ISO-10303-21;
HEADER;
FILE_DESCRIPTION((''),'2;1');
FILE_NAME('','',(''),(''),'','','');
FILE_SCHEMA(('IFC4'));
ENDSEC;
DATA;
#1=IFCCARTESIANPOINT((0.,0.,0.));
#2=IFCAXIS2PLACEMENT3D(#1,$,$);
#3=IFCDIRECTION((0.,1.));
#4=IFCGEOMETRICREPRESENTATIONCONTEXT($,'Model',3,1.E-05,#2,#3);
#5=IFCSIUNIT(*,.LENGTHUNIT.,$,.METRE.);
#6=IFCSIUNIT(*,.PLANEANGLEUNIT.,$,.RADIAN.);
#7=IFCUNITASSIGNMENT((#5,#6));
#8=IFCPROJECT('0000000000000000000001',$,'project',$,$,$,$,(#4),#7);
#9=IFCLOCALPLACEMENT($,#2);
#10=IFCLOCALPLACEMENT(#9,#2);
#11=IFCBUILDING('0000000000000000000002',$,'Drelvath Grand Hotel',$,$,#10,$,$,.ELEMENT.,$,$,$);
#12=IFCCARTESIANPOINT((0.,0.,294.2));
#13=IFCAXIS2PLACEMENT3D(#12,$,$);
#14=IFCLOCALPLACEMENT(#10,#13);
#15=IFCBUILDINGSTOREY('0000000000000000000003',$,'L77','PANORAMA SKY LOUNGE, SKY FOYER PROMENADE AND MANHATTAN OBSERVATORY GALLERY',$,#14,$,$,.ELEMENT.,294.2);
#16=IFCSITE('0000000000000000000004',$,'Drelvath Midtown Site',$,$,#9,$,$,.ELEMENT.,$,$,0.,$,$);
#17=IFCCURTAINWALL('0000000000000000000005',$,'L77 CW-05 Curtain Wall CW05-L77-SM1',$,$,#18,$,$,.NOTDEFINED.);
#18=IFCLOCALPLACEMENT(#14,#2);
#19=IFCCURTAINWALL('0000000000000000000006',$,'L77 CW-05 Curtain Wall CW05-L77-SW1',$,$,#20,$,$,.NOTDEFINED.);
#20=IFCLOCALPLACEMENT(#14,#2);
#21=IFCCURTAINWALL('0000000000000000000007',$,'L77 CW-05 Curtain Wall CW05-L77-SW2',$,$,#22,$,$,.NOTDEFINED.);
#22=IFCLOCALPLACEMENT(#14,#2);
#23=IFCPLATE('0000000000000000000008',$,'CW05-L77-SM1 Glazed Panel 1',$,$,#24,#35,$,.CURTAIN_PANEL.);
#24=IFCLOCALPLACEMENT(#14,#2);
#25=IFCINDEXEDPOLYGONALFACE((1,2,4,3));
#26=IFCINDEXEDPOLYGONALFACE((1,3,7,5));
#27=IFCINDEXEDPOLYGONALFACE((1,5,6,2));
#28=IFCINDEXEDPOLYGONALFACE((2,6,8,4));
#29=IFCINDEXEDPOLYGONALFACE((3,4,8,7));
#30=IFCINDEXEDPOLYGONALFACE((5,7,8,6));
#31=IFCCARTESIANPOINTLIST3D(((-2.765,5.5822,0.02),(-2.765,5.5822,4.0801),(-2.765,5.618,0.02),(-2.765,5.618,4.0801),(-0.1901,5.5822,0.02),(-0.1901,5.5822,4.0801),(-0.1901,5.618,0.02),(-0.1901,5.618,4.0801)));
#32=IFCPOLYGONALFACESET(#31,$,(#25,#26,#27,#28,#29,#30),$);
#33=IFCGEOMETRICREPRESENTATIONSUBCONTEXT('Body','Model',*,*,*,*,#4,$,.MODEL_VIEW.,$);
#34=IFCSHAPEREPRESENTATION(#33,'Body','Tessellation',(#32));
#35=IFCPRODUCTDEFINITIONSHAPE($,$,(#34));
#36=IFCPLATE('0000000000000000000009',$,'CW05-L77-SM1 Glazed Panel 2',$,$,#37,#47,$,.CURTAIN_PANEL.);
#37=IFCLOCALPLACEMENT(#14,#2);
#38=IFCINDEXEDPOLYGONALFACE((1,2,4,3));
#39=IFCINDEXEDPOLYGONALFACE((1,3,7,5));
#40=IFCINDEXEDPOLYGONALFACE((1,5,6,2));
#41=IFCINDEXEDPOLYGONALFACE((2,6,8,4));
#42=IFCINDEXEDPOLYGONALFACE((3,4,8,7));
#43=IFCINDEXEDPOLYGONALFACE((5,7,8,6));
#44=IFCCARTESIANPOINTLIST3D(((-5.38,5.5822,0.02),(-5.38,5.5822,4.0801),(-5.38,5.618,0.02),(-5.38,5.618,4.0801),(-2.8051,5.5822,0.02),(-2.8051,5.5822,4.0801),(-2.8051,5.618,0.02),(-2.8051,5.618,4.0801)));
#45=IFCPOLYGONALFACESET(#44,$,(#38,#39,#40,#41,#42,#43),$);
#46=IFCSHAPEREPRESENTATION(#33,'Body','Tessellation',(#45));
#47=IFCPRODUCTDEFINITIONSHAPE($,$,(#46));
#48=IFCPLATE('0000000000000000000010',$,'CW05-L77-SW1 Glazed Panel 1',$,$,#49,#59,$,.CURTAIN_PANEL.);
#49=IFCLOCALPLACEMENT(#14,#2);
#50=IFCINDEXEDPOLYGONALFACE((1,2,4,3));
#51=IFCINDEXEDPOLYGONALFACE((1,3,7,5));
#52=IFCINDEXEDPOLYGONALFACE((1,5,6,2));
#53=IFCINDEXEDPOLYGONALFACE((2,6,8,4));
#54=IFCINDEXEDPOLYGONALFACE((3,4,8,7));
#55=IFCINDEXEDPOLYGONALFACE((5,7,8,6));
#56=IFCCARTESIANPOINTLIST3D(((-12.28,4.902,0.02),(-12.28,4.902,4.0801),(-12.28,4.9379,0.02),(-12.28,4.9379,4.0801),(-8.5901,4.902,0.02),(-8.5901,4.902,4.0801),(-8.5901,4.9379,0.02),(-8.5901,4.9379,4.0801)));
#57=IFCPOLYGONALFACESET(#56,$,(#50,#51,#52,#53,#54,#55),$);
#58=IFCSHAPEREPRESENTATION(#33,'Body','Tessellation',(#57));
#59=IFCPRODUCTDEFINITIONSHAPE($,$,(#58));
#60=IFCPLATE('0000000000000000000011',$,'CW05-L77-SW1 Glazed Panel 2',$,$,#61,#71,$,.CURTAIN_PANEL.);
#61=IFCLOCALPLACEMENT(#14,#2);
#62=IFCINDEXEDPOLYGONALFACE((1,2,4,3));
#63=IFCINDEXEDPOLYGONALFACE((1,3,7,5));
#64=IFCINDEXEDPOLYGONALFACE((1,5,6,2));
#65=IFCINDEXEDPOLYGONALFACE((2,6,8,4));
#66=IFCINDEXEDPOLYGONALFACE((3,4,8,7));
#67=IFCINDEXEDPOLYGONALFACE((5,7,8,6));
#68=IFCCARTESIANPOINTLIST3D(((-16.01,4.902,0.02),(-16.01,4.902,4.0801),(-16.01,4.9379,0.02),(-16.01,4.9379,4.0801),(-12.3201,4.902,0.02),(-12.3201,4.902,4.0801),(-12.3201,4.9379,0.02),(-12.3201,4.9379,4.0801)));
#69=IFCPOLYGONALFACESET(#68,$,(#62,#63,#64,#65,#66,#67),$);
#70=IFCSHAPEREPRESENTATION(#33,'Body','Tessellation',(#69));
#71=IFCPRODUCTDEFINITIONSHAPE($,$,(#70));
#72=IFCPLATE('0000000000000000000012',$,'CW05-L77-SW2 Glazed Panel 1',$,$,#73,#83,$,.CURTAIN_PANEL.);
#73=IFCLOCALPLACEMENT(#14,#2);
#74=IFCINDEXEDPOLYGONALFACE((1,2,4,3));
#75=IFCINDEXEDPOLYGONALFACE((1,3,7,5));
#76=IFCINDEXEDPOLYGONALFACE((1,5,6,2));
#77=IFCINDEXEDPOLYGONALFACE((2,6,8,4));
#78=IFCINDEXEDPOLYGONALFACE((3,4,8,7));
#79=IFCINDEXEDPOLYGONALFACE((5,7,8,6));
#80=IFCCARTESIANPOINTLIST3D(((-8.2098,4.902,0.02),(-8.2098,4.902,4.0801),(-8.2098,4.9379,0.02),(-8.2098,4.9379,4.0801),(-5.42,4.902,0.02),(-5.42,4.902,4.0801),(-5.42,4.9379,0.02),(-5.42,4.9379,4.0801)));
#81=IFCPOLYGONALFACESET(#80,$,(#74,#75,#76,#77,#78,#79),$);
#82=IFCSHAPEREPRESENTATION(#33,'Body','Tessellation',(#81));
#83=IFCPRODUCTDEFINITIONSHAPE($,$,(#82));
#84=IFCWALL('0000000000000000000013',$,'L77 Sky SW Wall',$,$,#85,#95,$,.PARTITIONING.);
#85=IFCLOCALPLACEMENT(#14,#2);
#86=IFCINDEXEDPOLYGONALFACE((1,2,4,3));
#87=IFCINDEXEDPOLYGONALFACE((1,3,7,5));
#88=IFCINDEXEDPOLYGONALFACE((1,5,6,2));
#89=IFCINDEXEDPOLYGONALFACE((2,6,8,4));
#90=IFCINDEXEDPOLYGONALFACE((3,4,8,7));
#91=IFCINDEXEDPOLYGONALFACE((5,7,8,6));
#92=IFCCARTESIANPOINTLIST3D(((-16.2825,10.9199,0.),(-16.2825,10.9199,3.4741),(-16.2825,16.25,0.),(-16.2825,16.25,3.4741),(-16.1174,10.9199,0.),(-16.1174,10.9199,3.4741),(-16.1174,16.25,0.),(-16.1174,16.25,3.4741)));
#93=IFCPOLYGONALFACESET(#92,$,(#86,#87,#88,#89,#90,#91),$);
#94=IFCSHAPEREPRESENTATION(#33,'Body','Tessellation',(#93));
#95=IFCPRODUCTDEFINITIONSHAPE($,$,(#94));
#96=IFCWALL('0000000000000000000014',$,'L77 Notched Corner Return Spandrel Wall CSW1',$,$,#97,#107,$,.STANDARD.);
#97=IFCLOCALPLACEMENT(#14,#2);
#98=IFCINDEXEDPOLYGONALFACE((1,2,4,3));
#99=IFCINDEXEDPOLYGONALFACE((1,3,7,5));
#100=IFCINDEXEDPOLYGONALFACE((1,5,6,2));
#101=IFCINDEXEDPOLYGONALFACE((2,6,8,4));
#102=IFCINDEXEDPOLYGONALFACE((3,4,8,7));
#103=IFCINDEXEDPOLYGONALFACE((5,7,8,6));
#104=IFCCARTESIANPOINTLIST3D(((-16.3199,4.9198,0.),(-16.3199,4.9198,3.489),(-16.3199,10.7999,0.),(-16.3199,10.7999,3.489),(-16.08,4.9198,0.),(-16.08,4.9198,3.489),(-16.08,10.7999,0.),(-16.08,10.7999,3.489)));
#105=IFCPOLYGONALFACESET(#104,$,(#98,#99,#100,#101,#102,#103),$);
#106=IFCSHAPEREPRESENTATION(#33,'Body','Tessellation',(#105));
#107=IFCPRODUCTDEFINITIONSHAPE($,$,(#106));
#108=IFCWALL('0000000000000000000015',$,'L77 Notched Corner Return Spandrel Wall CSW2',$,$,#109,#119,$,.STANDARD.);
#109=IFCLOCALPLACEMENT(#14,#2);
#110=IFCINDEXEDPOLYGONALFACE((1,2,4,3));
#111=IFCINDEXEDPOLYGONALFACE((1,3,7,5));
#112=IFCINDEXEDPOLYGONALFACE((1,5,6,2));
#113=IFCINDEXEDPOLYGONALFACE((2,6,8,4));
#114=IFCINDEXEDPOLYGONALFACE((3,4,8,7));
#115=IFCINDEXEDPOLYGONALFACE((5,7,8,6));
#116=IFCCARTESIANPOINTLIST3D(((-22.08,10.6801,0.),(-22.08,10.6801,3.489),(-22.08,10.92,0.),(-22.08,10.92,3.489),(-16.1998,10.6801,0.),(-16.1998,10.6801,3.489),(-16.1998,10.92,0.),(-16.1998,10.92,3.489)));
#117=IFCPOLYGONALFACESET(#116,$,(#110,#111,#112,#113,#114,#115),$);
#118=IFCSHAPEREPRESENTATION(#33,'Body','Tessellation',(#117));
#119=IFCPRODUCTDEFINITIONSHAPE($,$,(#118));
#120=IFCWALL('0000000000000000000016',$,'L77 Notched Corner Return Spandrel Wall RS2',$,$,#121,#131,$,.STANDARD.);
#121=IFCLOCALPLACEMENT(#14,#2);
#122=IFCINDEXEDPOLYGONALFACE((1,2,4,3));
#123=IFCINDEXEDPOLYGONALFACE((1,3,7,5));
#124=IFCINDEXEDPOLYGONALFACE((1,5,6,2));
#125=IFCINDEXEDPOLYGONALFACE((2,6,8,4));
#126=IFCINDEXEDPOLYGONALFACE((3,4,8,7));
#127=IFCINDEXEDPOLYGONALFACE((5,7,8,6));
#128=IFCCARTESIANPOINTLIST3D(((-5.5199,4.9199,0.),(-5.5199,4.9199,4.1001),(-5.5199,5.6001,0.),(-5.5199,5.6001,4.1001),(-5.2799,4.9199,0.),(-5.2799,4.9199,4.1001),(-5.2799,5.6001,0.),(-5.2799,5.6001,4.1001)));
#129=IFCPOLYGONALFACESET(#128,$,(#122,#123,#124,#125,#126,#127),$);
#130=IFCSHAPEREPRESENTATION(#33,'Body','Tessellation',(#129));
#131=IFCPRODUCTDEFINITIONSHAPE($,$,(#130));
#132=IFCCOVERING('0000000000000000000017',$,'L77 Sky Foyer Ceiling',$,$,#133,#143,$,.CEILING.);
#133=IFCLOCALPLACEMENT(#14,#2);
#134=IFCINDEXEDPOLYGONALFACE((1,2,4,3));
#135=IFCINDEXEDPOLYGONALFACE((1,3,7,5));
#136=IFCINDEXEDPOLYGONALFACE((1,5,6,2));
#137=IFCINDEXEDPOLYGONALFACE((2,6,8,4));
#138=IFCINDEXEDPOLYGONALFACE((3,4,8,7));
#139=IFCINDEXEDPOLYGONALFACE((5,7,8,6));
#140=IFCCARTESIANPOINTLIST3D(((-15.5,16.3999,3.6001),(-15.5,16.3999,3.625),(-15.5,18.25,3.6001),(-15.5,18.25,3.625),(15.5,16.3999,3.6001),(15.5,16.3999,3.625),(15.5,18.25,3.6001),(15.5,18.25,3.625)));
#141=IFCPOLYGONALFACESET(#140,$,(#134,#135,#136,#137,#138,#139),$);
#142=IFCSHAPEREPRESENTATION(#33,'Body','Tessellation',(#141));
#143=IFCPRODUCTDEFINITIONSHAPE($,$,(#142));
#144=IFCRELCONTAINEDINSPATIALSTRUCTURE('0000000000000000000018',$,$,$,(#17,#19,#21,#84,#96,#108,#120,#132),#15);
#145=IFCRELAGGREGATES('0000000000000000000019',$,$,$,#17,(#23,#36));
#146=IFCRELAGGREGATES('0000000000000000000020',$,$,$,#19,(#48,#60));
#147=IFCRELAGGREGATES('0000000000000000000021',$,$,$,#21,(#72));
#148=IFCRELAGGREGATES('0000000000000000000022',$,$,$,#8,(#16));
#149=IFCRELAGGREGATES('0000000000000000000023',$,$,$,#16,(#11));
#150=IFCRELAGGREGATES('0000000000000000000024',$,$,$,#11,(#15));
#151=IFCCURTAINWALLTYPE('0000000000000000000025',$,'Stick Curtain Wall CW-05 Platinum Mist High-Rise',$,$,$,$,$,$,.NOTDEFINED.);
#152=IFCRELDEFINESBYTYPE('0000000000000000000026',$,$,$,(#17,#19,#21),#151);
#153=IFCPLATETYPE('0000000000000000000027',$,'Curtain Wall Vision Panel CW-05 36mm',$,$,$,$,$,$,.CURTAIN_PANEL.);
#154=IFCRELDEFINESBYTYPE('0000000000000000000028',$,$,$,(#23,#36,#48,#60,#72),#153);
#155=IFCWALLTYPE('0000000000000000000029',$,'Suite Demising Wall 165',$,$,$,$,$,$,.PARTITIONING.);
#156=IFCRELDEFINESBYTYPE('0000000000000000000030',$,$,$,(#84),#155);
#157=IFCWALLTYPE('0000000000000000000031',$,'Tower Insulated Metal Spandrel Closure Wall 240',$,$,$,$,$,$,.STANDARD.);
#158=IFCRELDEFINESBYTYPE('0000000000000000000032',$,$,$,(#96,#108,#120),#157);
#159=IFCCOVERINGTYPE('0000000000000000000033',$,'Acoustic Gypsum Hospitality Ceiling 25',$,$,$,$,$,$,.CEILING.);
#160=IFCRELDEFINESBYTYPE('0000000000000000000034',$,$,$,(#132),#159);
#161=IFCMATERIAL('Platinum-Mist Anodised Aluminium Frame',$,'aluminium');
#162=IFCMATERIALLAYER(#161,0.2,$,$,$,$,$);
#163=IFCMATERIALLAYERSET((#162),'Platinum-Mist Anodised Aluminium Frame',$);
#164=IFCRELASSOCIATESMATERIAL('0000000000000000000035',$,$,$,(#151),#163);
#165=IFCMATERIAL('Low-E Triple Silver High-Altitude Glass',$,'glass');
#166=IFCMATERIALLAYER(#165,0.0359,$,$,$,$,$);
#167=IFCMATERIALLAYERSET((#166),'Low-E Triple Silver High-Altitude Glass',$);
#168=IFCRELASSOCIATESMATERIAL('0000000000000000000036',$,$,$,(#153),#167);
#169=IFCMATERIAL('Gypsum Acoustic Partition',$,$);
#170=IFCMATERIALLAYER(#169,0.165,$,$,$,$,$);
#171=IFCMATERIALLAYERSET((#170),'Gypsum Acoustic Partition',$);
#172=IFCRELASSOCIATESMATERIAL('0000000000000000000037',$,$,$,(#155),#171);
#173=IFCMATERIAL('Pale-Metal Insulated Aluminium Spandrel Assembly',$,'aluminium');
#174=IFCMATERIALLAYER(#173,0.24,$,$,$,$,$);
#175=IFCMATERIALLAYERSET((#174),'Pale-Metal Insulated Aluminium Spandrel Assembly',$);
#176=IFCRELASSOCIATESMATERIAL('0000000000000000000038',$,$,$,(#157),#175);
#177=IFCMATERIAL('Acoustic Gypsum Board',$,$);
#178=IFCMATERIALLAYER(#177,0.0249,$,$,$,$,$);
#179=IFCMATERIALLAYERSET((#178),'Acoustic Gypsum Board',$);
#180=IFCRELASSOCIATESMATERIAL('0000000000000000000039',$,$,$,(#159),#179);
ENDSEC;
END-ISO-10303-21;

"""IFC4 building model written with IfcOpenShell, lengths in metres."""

from ifc_helpers import new_model, si_unit, direction, frame, frame_2d, origin, origin_2d, place, context, subcontext, project, spatial, polyline, rectangle, outline, extrude, material, layer, layer_set, type_object, element, aggregate, save


model = new_model("IFC4")

# Units and contexts
model_context = context("Model", 3, precision=1e-05, world=origin(), true_north=direction((0.0, 1.0)))
body_context = subcontext(model_context, "Body", "Model", "MODEL_VIEW")
ifc_project = project(units=[si_unit("LENGTHUNIT", "METRE"), si_unit("PLANEANGLEUNIT", "RADIAN")], contexts=[model_context])

# Site, building, storey
site_placement = place(None, origin())
site = spatial("IfcSite", under=ifc_project, at=site_placement, Name="Drelvath Midtown Site", CompositionType="ELEMENT", RefElevation=0.0)
building_placement = place(site_placement, origin())
building = spatial("IfcBuilding", under=site, at=building_placement, Name="Drelvath Grand Hotel", CompositionType="ELEMENT")
storey_placement = place(building_placement, frame((0.0, 0.0, 294.2)))
storey = spatial("IfcBuildingStorey", under=building, at=storey_placement, Name="L77", Description="PANORAMA SKY LOUNGE, SKY FOYER PROMENADE AND MANHATTAN OBSERVATORY GALLERY", CompositionType="ELEMENT", Elevation=294.2)

# Curtain walls
ifc_material_1 = material(Name="Platinum-Mist Anodised Aluminium Frame", Category="aluminium")
ifc_layer_1 = layer(ifc_material_1, 0.2)
ifc_layer_set_1 = layer_set([ifc_layer_1], Name="Platinum-Mist Anodised Aluminium Frame")
curtain_wall_type = type_object("IfcCurtainWallType", Name="Stick Curtain Wall CW-05 Platinum Mist High-Rise", PredefinedType="NOTDEFINED", material=ifc_layer_set_1)
curtain_wall_1_placement = place(storey_placement, origin())
curtain_wall_1 = element("IfcCurtainWall", 1, at=curtain_wall_1_placement, inside=storey, type_object=curtain_wall_type, Name="L77 CW-05 Curtain Wall CW05-L77-SM1", PredefinedType="NOTDEFINED")
curtain_wall_2_placement = place(storey_placement, origin())
curtain_wall_2 = element("IfcCurtainWall", 2, at=curtain_wall_2_placement, inside=storey, type_object=curtain_wall_type, Name="L77 CW-05 Curtain Wall CW05-L77-SW1", PredefinedType="NOTDEFINED")
curtain_wall_3_placement = place(storey_placement, origin())
curtain_wall_3 = element("IfcCurtainWall", 3, at=curtain_wall_3_placement, inside=storey, type_object=curtain_wall_type, Name="L77 CW-05 Curtain Wall CW05-L77-SW2", PredefinedType="NOTDEFINED")

# Plates
ifc_material_2 = material(Name="Low-E Triple Silver High-Altitude Glass", Category="glass")
ifc_layer_2 = layer(ifc_material_2, 0.0359)
ifc_layer_set_2 = layer_set([ifc_layer_2], Name="Low-E Triple Silver High-Altitude Glass")
plate_type = type_object("IfcPlateType", Name="Curtain Wall Vision Panel CW-05 36mm", PredefinedType="CURTAIN_PANEL", material=ifc_layer_set_2)
plate_1_placement = place(storey_placement, frame((-1.4775, 5.6001, 0.02), z_axis=(0.0, 0.0, 1.0), x_axis=(-1.0, 0.0, 0.0)))
plate_1 = element("IfcPlate", 4, at=plate_1_placement, type_object=plate_type, Name="CW05-L77-SM1 Glazed Panel 1", PredefinedType="CURTAIN_PANEL", context=body_context, shape_type="SweptSolid", body=[
    extrude(rectangle(XDim=2.575, YDim=0.0359, at=origin_2d()), origin(), (0.0, 0.0, 1.0), 4.0601),
])
plate_2_placement = place(storey_placement, frame((-4.0925, 5.6001, 0.02), z_axis=(0.0, 0.0, 1.0), x_axis=(-1.0, 0.0, 0.0)))
plate_2 = element("IfcPlate", 5, at=plate_2_placement, type_object=plate_type, Name="CW05-L77-SM1 Glazed Panel 2", PredefinedType="CURTAIN_PANEL", context=body_context, shape_type="SweptSolid", body=[
    extrude(rectangle(XDim=2.575, YDim=0.0359, at=origin_2d()), origin(), (0.0, 0.0, 1.0), 4.0601),
])
aggregate(curtain_wall_1, [plate_1, plate_2])
plate_3_placement = place(storey_placement, frame((-10.4351, 4.9199, 0.02), z_axis=(0.0, 0.0, 1.0), x_axis=(-1.0, 0.0, 0.0)))
plate_3 = element("IfcPlate", 6, at=plate_3_placement, type_object=plate_type, Name="CW05-L77-SW1 Glazed Panel 1", PredefinedType="CURTAIN_PANEL", context=body_context, shape_type="SweptSolid", body=[
    extrude(rectangle(XDim=3.6899, YDim=0.0359, at=origin_2d()), origin(), (0.0, 0.0, 1.0), 4.0601),
])
plate_4_placement = place(storey_placement, frame((-14.165, 4.9199, 0.02), z_axis=(0.0, 0.0, 1.0), x_axis=(-1.0, 0.0, 0.0)))
plate_4 = element("IfcPlate", 7, at=plate_4_placement, type_object=plate_type, Name="CW05-L77-SW1 Glazed Panel 2", PredefinedType="CURTAIN_PANEL", context=body_context, shape_type="SweptSolid", body=[
    extrude(rectangle(XDim=3.6899, YDim=0.0359, at=origin_2d()), origin(), (0.0, 0.0, 1.0), 4.0601),
])
aggregate(curtain_wall_2, [plate_3, plate_4])
plate_5_placement = place(storey_placement, frame((-6.8149, 4.9199, 0.02), z_axis=(0.0, 0.0, 1.0), x_axis=(-1.0, 0.0, 0.0)))
plate_5 = element("IfcPlate", 8, at=plate_5_placement, type_object=plate_type, Name="CW05-L77-SW2 Glazed Panel 1", PredefinedType="CURTAIN_PANEL", context=body_context, shape_type="SweptSolid", body=[
    extrude(rectangle(XDim=2.7898, YDim=0.0359, at=origin_2d()), origin(), (0.0, 0.0, 1.0), 4.0601),
])
aggregate(curtain_wall_3, [plate_5])

# Walls
ifc_material_3 = material(Name="Gypsum Acoustic Partition")
ifc_layer_3 = layer(ifc_material_3, 0.165)
ifc_layer_set_3 = layer_set([ifc_layer_3], Name="Gypsum Acoustic Partition")
wall_type_1 = type_object("IfcWallType", Name="Suite Demising Wall 165", PredefinedType="PARTITIONING", material=ifc_layer_set_3)
wall_1_placement = place(storey_placement, frame((-16.2, 10.9199, 0.0), z_axis=(0.0, 0.0, 1.0), x_axis=(0.0, 1.0, 0.0)))
element("IfcWall", 9, at=wall_1_placement, inside=storey, type_object=wall_type_1, Name="L77 Sky SW Wall", PredefinedType="PARTITIONING", context=body_context, shape_type="SweptSolid", body=[
    extrude(rectangle(XDim=5.3301, YDim=0.165, at=frame_2d((2.665, 0.0))), origin(), (0.0, 0.0, 1.0), 3.4741),
])
ifc_material_4 = material(Name="Pale-Metal Insulated Aluminium Spandrel Assembly", Category="aluminium")
ifc_layer_4 = layer(ifc_material_4, 0.24)
ifc_layer_set_4 = layer_set([ifc_layer_4], Name="Pale-Metal Insulated Aluminium Spandrel Assembly")
wall_type_2 = type_object("IfcWallType", Name="Tower Insulated Metal Spandrel Closure Wall 240", PredefinedType="STANDARD", material=ifc_layer_set_4)
for number, where, z_axis, x_axis, name in (
    (10, (-16.2, 4.9199, 0.0), (0.0, 0.0, 1.0), (0.0, 1.0, 0.0), "L77 Notched Corner Return Spandrel Wall CSW1"),
    (11, (-16.2, 10.8, 0.0), (0.0, 0.0, 1.0), (-1.0, 0.0, 0.0), "L77 Notched Corner Return Spandrel Wall CSW2"),
):
    element("IfcWall", number, at=place(storey_placement, frame(where, z_axis=z_axis, x_axis=x_axis)), inside=storey, type_object=wall_type_2, Name=name, PredefinedType="STANDARD", context=body_context, shape_type="SweptSolid", body=[
        extrude(rectangle(XDim=5.8801, YDim=0.24, at=frame_2d((2.9399, 0.0))), origin(), (0.0, 0.0, 1.0), 3.489),
    ])
wall_2_placement = place(storey_placement, frame((-5.3999, 5.6001, 0.0), z_axis=(0.0, 0.0, 1.0), x_axis=(0.0, -1.0, 0.0)))
element("IfcWall", 12, at=wall_2_placement, inside=storey, type_object=wall_type_2, Name="L77 Notched Corner Return Spandrel Wall RS2", PredefinedType="STANDARD", context=body_context, shape_type="SweptSolid", body=[
    extrude(rectangle(XDim=0.6802, YDim=0.24, at=frame_2d((0.3401, 0.0))), origin(), (0.0, 0.0, 1.0), 4.1001),
])

# Covering
ifc_material_5 = material(Name="Acoustic Gypsum Board")
ifc_layer_5 = layer(ifc_material_5, 0.0249)
ifc_layer_set_5 = layer_set([ifc_layer_5], Name="Acoustic Gypsum Board")
covering_type = type_object("IfcCoveringType", Name="Acoustic Gypsum Hospitality Ceiling 25", PredefinedType="CEILING", material=ifc_layer_set_5)
covering_placement = place(storey_placement, frame((0.0, 0.0, 3.6001)))
element("IfcCovering", 13, at=covering_placement, inside=storey, type_object=covering_type, Name="L77 Sky Foyer Ceiling", PredefinedType="CEILING", context=body_context, shape_type="SweptSolid", body=[
    extrude(outline(polyline([(15.5, 16.3999), (15.5, 18.25), (-15.5, 18.25), (-15.5, 16.3999), (15.5, 16.3999)])), origin(), (0.0, 0.0, 1.0), 0.0249),
])

save(model, "model.ifc")
